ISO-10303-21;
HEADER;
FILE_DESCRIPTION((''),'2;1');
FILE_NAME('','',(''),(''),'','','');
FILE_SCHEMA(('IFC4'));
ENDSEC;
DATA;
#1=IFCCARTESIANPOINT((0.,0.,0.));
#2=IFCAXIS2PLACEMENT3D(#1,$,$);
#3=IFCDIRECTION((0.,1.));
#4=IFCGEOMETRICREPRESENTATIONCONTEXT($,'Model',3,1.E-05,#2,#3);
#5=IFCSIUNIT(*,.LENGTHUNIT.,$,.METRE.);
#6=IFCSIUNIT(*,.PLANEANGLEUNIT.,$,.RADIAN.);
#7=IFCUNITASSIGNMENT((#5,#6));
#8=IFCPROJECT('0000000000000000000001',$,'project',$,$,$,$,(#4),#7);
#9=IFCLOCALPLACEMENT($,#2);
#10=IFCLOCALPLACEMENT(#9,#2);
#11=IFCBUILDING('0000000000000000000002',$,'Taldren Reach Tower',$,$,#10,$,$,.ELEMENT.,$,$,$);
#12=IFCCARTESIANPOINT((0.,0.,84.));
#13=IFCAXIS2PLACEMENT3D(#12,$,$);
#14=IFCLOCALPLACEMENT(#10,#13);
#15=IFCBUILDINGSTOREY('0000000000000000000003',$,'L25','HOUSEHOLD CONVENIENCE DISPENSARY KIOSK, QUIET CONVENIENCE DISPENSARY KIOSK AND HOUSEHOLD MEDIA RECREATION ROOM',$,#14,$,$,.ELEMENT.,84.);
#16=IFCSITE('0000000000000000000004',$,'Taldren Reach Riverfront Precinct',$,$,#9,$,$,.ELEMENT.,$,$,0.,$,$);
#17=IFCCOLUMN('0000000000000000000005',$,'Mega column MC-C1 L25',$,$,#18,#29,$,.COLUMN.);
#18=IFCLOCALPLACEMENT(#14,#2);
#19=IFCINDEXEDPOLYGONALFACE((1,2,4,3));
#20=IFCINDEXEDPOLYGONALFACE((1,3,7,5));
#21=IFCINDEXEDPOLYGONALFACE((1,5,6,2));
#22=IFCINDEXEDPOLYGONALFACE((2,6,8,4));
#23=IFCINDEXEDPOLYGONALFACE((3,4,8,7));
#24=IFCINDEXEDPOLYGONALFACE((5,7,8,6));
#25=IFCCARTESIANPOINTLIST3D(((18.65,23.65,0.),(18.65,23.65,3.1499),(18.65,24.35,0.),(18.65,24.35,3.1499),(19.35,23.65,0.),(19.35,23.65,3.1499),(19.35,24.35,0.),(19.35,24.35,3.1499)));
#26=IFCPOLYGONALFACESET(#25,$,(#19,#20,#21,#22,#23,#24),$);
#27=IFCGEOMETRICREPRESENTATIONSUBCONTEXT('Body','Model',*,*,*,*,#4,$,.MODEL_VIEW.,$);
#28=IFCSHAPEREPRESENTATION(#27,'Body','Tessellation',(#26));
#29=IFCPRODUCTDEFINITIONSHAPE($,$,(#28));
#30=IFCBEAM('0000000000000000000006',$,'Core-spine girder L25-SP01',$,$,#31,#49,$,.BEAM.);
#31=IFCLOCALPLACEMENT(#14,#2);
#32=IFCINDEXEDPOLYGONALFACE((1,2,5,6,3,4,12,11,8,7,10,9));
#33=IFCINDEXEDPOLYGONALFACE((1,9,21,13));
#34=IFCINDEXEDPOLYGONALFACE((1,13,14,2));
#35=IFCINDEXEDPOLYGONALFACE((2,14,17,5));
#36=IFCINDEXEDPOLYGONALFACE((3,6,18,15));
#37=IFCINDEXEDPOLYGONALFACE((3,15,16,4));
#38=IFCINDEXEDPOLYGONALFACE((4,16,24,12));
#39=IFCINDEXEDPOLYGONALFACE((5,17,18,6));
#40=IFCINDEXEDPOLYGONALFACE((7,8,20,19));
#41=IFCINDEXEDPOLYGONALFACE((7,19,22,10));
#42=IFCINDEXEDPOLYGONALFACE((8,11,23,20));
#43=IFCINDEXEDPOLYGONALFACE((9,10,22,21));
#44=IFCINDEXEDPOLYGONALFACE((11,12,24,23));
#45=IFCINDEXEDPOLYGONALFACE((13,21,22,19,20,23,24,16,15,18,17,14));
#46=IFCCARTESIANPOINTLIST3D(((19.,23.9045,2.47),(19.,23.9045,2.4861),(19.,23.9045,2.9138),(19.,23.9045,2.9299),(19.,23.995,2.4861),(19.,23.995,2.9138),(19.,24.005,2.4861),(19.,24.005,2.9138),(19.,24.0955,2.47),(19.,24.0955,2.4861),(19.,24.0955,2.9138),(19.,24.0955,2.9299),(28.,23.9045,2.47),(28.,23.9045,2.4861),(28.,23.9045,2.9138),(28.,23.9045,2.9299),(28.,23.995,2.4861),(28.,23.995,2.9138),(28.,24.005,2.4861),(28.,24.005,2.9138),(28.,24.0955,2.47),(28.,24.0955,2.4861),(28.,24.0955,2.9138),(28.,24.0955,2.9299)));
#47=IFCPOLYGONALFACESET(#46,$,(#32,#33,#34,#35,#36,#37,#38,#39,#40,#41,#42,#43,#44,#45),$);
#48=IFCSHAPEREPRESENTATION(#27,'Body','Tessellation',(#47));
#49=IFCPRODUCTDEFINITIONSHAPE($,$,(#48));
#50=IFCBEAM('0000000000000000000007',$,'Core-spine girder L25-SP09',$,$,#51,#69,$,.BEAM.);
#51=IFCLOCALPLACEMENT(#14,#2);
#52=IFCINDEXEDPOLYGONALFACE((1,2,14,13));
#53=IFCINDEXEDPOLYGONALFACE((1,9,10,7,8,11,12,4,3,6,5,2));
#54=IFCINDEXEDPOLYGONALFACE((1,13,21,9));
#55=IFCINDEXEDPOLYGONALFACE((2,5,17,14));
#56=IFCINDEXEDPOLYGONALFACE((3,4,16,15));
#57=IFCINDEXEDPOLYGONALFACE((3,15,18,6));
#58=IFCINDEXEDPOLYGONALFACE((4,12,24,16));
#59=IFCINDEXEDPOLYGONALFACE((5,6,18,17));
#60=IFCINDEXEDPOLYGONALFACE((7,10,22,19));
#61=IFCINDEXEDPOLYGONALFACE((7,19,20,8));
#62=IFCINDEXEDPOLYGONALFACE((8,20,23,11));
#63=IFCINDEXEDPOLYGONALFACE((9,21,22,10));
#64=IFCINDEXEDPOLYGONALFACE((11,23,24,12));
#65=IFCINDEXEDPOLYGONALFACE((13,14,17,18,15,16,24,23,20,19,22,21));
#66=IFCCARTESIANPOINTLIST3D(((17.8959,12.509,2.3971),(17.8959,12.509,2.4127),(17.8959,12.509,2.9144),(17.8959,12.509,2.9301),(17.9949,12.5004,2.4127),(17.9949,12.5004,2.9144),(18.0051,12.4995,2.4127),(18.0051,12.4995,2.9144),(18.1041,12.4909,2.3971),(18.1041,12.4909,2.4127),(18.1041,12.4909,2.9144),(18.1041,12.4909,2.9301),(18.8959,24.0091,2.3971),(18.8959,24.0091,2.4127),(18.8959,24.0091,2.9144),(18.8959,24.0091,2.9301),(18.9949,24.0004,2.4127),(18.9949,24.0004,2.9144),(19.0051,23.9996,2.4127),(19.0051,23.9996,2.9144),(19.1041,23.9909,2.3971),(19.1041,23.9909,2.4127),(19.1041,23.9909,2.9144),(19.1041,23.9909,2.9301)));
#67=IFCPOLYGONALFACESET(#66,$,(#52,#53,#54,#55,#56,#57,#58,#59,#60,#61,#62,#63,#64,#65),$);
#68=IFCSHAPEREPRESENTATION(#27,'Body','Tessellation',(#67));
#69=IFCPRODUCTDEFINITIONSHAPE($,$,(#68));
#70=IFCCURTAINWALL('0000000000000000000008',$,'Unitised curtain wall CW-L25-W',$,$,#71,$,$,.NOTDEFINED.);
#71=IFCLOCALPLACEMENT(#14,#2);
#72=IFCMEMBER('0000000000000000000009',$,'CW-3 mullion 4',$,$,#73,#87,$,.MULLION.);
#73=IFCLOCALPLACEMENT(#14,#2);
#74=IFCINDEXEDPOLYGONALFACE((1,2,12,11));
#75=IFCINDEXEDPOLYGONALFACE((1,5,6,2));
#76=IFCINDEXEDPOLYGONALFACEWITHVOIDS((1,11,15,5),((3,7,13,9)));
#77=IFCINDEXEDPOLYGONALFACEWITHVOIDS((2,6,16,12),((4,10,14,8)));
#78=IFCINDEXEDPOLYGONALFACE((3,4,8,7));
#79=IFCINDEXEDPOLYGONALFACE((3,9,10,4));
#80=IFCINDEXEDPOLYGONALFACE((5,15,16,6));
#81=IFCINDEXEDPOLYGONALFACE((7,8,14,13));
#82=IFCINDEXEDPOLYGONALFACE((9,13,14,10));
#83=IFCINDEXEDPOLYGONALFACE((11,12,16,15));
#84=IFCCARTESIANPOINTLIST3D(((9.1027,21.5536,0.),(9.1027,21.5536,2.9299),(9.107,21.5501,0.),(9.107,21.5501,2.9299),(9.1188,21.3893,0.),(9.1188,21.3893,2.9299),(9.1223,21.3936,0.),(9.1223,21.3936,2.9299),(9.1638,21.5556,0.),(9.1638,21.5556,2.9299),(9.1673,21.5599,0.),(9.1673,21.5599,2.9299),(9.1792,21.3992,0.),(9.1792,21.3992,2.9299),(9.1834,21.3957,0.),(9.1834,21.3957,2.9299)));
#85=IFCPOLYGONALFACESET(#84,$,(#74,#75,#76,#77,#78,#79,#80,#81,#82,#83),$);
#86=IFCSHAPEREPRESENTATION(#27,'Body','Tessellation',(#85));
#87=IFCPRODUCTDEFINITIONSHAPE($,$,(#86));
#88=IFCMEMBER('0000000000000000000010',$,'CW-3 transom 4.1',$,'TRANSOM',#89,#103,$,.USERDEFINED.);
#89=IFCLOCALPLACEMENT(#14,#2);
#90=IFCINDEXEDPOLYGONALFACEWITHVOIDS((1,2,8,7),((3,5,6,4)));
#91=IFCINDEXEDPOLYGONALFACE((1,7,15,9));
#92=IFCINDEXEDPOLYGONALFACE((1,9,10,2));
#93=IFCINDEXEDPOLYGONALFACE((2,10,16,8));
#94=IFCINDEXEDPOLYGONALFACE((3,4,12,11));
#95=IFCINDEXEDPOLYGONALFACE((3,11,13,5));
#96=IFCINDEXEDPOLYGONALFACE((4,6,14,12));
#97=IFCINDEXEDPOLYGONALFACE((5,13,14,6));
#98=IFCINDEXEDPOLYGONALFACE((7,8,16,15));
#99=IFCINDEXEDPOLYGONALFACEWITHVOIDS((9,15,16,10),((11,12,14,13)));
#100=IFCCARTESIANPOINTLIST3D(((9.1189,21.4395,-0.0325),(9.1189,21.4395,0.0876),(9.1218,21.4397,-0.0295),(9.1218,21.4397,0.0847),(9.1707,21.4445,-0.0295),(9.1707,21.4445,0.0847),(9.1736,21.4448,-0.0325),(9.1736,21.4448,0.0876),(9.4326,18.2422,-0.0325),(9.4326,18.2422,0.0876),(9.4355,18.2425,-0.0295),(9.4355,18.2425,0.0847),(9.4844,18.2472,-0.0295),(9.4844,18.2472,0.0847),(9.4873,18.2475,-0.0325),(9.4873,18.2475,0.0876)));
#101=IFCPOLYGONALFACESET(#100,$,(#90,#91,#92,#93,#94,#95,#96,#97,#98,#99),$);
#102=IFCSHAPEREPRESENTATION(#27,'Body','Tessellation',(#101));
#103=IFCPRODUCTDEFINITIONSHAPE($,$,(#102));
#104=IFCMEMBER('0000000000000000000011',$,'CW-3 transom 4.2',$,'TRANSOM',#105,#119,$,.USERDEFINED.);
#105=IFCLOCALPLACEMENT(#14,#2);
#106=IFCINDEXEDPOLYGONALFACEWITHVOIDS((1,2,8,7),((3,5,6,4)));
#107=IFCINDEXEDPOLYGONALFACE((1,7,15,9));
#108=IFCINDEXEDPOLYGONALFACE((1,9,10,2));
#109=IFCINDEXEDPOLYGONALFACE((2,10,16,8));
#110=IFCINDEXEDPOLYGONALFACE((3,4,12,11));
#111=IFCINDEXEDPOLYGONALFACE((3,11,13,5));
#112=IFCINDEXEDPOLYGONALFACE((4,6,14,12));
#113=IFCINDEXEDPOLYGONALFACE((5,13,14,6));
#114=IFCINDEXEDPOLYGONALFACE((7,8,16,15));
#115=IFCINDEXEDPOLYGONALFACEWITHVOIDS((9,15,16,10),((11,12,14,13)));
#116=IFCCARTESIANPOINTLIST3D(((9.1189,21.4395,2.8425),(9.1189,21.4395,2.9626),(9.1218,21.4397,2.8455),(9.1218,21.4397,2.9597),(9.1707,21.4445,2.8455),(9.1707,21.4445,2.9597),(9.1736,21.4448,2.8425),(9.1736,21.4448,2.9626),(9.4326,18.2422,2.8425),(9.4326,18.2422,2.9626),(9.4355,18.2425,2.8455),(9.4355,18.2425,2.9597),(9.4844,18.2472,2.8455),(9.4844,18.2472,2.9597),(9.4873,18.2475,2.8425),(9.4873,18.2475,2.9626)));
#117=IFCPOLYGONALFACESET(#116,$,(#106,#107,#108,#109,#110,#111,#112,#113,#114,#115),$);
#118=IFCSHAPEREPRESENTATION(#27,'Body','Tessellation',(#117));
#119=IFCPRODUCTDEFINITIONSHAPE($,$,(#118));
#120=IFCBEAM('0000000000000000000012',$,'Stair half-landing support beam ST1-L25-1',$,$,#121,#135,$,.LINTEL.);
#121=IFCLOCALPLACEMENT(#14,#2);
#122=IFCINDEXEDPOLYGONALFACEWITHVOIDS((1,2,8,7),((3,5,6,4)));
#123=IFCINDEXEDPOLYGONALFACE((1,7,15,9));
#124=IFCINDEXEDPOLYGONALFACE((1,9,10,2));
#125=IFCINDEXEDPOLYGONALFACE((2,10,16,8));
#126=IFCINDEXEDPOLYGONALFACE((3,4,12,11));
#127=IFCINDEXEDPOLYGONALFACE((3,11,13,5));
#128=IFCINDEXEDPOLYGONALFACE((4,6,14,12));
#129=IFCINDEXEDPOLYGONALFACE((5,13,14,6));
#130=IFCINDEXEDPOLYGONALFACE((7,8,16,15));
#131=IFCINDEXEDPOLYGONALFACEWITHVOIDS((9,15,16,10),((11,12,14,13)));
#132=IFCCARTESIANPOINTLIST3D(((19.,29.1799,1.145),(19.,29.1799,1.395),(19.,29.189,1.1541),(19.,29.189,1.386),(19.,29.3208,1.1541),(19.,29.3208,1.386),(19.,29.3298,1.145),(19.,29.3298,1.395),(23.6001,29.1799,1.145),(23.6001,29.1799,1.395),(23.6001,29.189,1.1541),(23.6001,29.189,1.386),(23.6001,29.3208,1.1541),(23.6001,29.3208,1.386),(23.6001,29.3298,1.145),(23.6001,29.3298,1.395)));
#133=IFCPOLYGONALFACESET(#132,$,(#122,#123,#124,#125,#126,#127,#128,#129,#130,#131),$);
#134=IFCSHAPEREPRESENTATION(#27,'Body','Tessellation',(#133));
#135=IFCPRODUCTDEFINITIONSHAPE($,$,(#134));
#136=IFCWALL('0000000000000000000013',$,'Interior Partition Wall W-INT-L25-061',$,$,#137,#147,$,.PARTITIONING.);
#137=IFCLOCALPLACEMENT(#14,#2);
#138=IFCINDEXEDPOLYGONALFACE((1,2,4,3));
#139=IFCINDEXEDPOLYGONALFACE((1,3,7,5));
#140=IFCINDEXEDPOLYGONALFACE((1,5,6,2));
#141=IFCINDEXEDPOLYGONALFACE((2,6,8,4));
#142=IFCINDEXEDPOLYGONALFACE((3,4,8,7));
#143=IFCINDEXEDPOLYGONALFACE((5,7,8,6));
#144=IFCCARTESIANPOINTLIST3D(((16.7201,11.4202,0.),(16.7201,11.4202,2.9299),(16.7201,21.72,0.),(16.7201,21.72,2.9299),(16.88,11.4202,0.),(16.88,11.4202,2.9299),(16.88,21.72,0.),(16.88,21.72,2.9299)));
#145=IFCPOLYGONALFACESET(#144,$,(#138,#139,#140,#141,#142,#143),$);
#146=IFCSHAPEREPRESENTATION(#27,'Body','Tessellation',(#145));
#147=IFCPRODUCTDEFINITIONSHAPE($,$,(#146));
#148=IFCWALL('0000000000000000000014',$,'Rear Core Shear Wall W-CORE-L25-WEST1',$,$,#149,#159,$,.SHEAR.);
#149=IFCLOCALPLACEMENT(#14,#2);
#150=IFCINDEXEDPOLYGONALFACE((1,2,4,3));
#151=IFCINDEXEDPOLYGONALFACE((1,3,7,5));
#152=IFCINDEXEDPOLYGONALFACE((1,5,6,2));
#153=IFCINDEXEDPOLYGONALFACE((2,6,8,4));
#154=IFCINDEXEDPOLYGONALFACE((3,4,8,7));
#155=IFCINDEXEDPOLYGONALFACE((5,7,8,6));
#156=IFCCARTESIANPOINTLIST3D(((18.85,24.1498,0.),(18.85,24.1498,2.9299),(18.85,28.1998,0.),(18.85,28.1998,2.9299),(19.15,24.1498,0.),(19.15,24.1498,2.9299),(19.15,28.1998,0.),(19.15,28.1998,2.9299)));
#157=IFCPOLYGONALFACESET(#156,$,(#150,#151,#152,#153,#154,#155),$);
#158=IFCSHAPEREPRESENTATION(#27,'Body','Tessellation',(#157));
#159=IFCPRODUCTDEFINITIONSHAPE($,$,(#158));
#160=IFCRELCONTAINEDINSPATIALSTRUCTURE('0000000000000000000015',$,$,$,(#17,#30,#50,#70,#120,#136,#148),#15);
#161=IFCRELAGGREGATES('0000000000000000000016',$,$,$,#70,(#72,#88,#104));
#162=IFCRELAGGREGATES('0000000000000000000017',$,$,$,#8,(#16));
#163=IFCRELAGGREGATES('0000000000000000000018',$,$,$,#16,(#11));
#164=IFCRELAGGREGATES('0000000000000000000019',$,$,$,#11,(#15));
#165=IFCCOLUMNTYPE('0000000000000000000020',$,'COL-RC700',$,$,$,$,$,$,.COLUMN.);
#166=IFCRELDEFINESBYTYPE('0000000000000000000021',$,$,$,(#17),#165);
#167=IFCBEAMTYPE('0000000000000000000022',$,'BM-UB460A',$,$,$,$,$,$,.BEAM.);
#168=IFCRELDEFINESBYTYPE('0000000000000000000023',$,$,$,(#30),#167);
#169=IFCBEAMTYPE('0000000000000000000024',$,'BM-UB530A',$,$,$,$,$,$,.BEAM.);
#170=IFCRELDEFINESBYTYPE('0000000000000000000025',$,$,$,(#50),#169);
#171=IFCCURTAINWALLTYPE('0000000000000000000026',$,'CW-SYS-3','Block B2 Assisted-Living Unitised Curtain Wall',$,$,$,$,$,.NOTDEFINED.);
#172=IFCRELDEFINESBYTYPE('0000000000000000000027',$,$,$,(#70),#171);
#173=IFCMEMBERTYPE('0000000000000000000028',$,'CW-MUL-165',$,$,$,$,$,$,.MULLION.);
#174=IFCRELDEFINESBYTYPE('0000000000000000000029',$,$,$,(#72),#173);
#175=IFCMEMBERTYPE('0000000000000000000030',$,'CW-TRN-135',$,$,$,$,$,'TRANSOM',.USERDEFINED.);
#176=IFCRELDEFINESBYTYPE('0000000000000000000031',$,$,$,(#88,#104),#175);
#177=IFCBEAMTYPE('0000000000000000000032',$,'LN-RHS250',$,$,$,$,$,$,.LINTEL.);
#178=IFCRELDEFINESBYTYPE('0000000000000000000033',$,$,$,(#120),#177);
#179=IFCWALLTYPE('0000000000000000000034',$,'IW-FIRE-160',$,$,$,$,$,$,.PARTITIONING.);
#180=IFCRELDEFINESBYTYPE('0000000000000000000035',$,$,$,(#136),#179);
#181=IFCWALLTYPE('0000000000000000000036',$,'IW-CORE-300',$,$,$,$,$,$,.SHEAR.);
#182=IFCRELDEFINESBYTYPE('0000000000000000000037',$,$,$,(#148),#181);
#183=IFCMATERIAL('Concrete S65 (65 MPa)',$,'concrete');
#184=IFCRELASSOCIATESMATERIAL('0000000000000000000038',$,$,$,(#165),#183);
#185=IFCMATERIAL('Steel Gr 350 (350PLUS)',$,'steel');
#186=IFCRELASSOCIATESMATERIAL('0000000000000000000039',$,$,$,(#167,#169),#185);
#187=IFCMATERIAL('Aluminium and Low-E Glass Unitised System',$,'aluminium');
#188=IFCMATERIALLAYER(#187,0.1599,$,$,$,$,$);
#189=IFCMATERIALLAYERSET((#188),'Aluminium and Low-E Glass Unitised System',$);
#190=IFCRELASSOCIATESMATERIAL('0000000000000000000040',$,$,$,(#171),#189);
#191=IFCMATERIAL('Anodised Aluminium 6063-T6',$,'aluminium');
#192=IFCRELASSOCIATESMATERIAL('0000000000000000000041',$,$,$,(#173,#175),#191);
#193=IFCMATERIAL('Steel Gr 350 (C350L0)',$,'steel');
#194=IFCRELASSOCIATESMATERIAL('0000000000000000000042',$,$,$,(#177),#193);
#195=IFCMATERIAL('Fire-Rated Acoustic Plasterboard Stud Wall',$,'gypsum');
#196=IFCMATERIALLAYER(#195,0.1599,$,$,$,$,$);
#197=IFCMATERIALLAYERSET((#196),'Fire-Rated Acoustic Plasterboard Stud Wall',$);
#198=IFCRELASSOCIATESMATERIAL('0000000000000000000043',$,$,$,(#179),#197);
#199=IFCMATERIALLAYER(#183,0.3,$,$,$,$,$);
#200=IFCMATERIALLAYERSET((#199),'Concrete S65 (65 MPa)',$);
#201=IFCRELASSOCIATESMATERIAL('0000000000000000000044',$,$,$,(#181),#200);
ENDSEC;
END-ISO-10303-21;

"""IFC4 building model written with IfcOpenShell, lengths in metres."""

from ifc_helpers import new_model, si_unit, direction, frame, frame_2d, origin, origin_2d, place, context, subcontext, project, spatial, rectangle, hollow_rectangle, i_section, extrude, source, transform, mapped, material, layer, layer_set, material_profile, profile_set, type_object, element, aggregate, save


model = new_model("IFC4")

# Units and contexts
model_context = context("Model", 3, precision=1e-05, world=origin(), true_north=direction((0.0, 1.0)))
body_context = subcontext(model_context, "Body", "Model", "MODEL_VIEW")
ifc_project = project(units=[si_unit("LENGTHUNIT", "METRE"), si_unit("PLANEANGLEUNIT", "RADIAN")], contexts=[model_context])

# Site, building, storey
site_placement = place(None, origin())
site = spatial("IfcSite", under=ifc_project, at=site_placement, Name="Taldren Reach Riverfront Precinct", CompositionType="ELEMENT", RefElevation=0.0)
building_placement = place(site_placement, origin())
building = spatial("IfcBuilding", under=site, at=building_placement, Name="Taldren Reach Tower", CompositionType="ELEMENT")
storey_placement = place(building_placement, frame((0.0, 0.0, 84.0)))
storey = spatial("IfcBuildingStorey", under=building, at=storey_placement, Name="L25", Description="HOUSEHOLD CONVENIENCE DISPENSARY KIOSK, QUIET CONVENIENCE DISPENSARY KIOSK AND HOUSEHOLD MEDIA RECREATION ROOM", CompositionType="ELEMENT", Elevation=84.0)

# Column
ifc_material_1 = material(Name="Concrete S65 (65 MPa)", Category="concrete")
ifc_material_profile_1 = material_profile(ifc_material_1, rectangle(XDim=0.7, YDim=0.7, at=origin_2d()), Name="RC-700x700")
ifc_profile_set_1 = profile_set([ifc_material_profile_1], Name="Concrete S65 (65 MPa)")
column_type = type_object("IfcColumnType", Name="COL-RC700", PredefinedType="COLUMN", material=ifc_profile_set_1)
shared_shape_1 = source(origin(), body_context, "Body", "SweptSolid", [
    extrude(rectangle(XDim=0.7, YDim=0.7, at=origin_2d()), origin(), (0.0, 0.0, 1.0), 3.1499),
])
column_placement = place(storey_placement, frame((19.0, 24.0, 0.0), z_axis=(0.0, 0.0, 1.0), x_axis=(1.0, 0.0, 0.0)))
element("IfcColumn", 1, at=column_placement, inside=storey, type_object=column_type, Name="Mega column MC-C1 L25", PredefinedType="COLUMN", context=body_context, shape_type="MappedRepresentation", body=[
    mapped(shared_shape_1, transform((0.0, 0.0, 0.0), scale=1.0)),
])

# Beams
ifc_material_2 = material(Name="Steel Gr 350 (350PLUS)", Category="steel")
ifc_material_profile_2 = material_profile(ifc_material_2, i_section(OverallWidth=0.1909, OverallDepth=0.46, WebThickness=0.01, FlangeThickness=0.0161, at=origin_2d()), Name="460UB82.1")
ifc_profile_set_2 = profile_set([ifc_material_profile_2], Name="Steel Gr 350 (350PLUS)")
beam_type_1 = type_object("IfcBeamType", Name="BM-UB460A", PredefinedType="BEAM", material=ifc_profile_set_2)
shared_shape_2 = source(origin(), body_context, "Body", "SweptSolid", [
    extrude(i_section(OverallWidth=0.1909, OverallDepth=0.46, WebThickness=0.01, FlangeThickness=0.0161, at=origin_2d()), origin(), (0.0, 0.0, 1.0), 9.0),
])
beam_1_placement = place(storey_placement, frame((19.0, 24.0, 2.7), z_axis=(1.0, 0.0, 0.0), x_axis=(0.0, 1.0, 0.0)))
element("IfcBeam", 2, at=beam_1_placement, inside=storey, type_object=beam_type_1, Name="Core-spine girder L25-SP01", PredefinedType="BEAM", context=body_context, shape_type="MappedRepresentation", body=[
    mapped(shared_shape_2, transform((0.0, 0.0, 0.0), scale=1.0)),
])
ifc_material_profile_3 = material_profile(ifc_material_2, i_section(OverallWidth=0.209, OverallDepth=0.533, WebThickness=0.0103, FlangeThickness=0.0156, at=origin_2d()), Name="530UB92.4")
ifc_profile_set_3 = profile_set([ifc_material_profile_3], Name="Steel Gr 350 (350PLUS)")
beam_type_2 = type_object("IfcBeamType", Name="BM-UB530A", PredefinedType="BEAM", material=ifc_profile_set_3)
shared_shape_3 = source(origin(), body_context, "Body", "SweptSolid", [
    extrude(i_section(OverallWidth=0.209, OverallDepth=0.533, WebThickness=0.0103, FlangeThickness=0.0156, at=origin_2d()), origin(), (0.0, 0.0, 1.0), 11.5435),
])
beam_2_placement = place(storey_placement, frame((19.0, 24.0, 2.6636), z_axis=(-0.08663, -0.996241, 0.0), x_axis=(0.996241, -0.08663, 0.0)))
element("IfcBeam", 3, at=beam_2_placement, inside=storey, type_object=beam_type_2, Name="Core-spine girder L25-SP09", PredefinedType="BEAM", context=body_context, shape_type="MappedRepresentation", body=[
    mapped(shared_shape_3, transform((0.0, 0.0, 0.0), scale=1.0)),
])

# Curtain wall, members
ifc_material_3 = material(Name="Aluminium and Low-E Glass Unitised System", Category="aluminium")
ifc_layer_1 = layer(ifc_material_3, 0.1599)
ifc_layer_set_1 = layer_set([ifc_layer_1], Name="Aluminium and Low-E Glass Unitised System")
curtain_wall_type = type_object("IfcCurtainWallType", Name="CW-SYS-3", Description="Block B2 Assisted-Living Unitised Curtain Wall", PredefinedType="NOTDEFINED", material=ifc_layer_set_1)
curtain_wall_placement = place(storey_placement, origin())
curtain_wall = element("IfcCurtainWall", 4, at=curtain_wall_placement, inside=storey, type_object=curtain_wall_type, Name="Unitised curtain wall CW-L25-W", PredefinedType="NOTDEFINED")
ifc_material_4 = material(Name="Anodised Aluminium 6063-T6", Category="aluminium")
ifc_material_profile_4 = material_profile(ifc_material_4, hollow_rectangle(XDim=0.0649, YDim=0.165, WallThickness=0.0039, at=origin_2d()), Name="ALU-165x65x4RHS")
ifc_profile_set_4 = profile_set([ifc_material_profile_4], Name="Anodised Aluminium 6063-T6")
member_type_1 = type_object("IfcMemberType", Name="CW-MUL-165", PredefinedType="MULLION", material=ifc_profile_set_4)
shared_shape_4 = source(origin(), body_context, "Body", "SweptSolid", [
    extrude(hollow_rectangle(XDim=0.0649, YDim=0.165, WallThickness=0.0039, at=origin_2d()), origin(), (0.0, 0.0, 1.0), 2.9299),
])
member_1_placement = place(storey_placement, frame((9.1431, 21.4746, 0.0), z_axis=(0.0, 0.0, 1.0), x_axis=(0.995227, 0.097583, 0.0)))
member_1 = element("IfcMember", 5, at=member_1_placement, type_object=member_type_1, Name="CW-3 mullion 4", PredefinedType="MULLION", context=body_context, shape_type="MappedRepresentation", body=[
    mapped(shared_shape_4, transform((0.0, 0.0, 0.0), scale=1.0)),
])
ifc_material_profile_5 = material_profile(ifc_material_4, hollow_rectangle(XDim=0.0549, YDim=0.1201, WallThickness=0.0029, at=origin_2d()), Name="ALU-120x55x3RHS")
ifc_profile_set_5 = profile_set([ifc_material_profile_5], Name="Anodised Aluminium 6063-T6")
member_type_2 = type_object("IfcMemberType", Name="CW-TRN-135", ElementType="TRANSOM", PredefinedType="USERDEFINED", material=ifc_profile_set_5)
shared_shape_5 = source(origin(), body_context, "Body", "SweptSolid", [
    extrude(hollow_rectangle(XDim=0.0549, YDim=0.1201, WallThickness=0.0029, at=origin_2d()), origin(), (0.0, 0.0, 1.0), 3.2126),
])
member_2_placement = place(storey_placement, frame((9.1462, 21.4421, 0.0276), z_axis=(0.097653, -0.995221, 0.0), x_axis=(0.995221, 0.097653, 0.0)))
member_2 = element("IfcMember", 6, at=member_2_placement, type_object=member_type_2, Name="CW-3 transom 4.1", ObjectType="TRANSOM", PredefinedType="USERDEFINED", context=body_context, shape_type="MappedRepresentation", body=[
    mapped(shared_shape_5, transform((0.0, 0.0, 0.0), scale=1.0)),
])
member_3_placement = place(storey_placement, frame((9.1462, 21.4421, 2.9026), z_axis=(0.097653, -0.995221, 0.0), x_axis=(0.995221, 0.097653, 0.0)))
member_3 = element("IfcMember", 7, at=member_3_placement, type_object=member_type_2, Name="CW-3 transom 4.2", ObjectType="TRANSOM", PredefinedType="USERDEFINED", context=body_context, shape_type="MappedRepresentation", body=[
    mapped(shared_shape_5, transform((0.0, 0.0, 0.0), scale=1.0)),
])
aggregate(curtain_wall, [member_1, member_2, member_3])

# Beam
ifc_material_5 = material(Name="Steel Gr 350 (C350L0)", Category="steel")
ifc_material_profile_6 = material_profile(ifc_material_5, hollow_rectangle(XDim=0.1499, YDim=0.25, WallThickness=0.009, at=origin_2d()), Name="250x150x9.0RHS")
ifc_profile_set_6 = profile_set([ifc_material_profile_6], Name="Steel Gr 350 (C350L0)")
beam_type_3 = type_object("IfcBeamType", Name="LN-RHS250", PredefinedType="LINTEL", material=ifc_profile_set_6)
shared_shape_6 = source(origin(), body_context, "Body", "SweptSolid", [
    extrude(hollow_rectangle(XDim=0.1499, YDim=0.25, WallThickness=0.009, at=origin_2d()), origin(), (0.0, 0.0, 1.0), 4.6001),
])
beam_3_placement = place(storey_placement, frame((19.0, 29.2549, 1.27), z_axis=(1.0, 0.0, 0.0), x_axis=(0.0, 1.0, 0.0)))
element("IfcBeam", 8, at=beam_3_placement, inside=storey, type_object=beam_type_3, Name="Stair half-landing support beam ST1-L25-1", PredefinedType="LINTEL", context=body_context, shape_type="MappedRepresentation", body=[
    mapped(shared_shape_6, transform((0.0, 0.0, 0.0), scale=1.0)),
])

# Walls
ifc_material_6 = material(Name="Fire-Rated Acoustic Plasterboard Stud Wall", Category="gypsum")
ifc_layer_2 = layer(ifc_material_6, 0.1599)
ifc_layer_set_2 = layer_set([ifc_layer_2], Name="Fire-Rated Acoustic Plasterboard Stud Wall")
wall_type_1 = type_object("IfcWallType", Name="IW-FIRE-160", PredefinedType="PARTITIONING", material=ifc_layer_set_2)
shared_shape_7 = source(origin(), body_context, "Body", "SweptSolid", [
    extrude(rectangle(XDim=10.2998, YDim=0.1599, at=frame_2d((5.1499, 0.0))), origin(), (0.0, 0.0, 1.0), 2.9299),
])
wall_1_placement = place(storey_placement, frame((16.8, 21.72, 0.0), z_axis=(0.0, 0.0, 1.0), x_axis=(0.0, -1.0, 0.0)))
element("IfcWall", 9, at=wall_1_placement, inside=storey, type_object=wall_type_1, Name="Interior Partition Wall W-INT-L25-061", PredefinedType="PARTITIONING", context=body_context, shape_type="MappedRepresentation", body=[
    mapped(shared_shape_7, transform((0.0, 0.0, 0.0), scale=1.0)),
])
ifc_layer_3 = layer(ifc_material_1, 0.3)
ifc_layer_set_3 = layer_set([ifc_layer_3], Name="Concrete S65 (65 MPa)")
wall_type_2 = type_object("IfcWallType", Name="IW-CORE-300", PredefinedType="SHEAR", material=ifc_layer_set_3)
shared_shape_8 = source(origin(), body_context, "Body", "SweptSolid", [
    extrude(rectangle(XDim=4.05, YDim=0.3, at=frame_2d((2.0249, 0.0))), origin(), (0.0, 0.0, 1.0), 2.9299),
])
wall_2_placement = place(storey_placement, frame((19.0, 24.1499, 0.0), z_axis=(0.0, 0.0, 1.0), x_axis=(0.0, 1.0, 0.0)))
element("IfcWall", 10, at=wall_2_placement, inside=storey, type_object=wall_type_2, Name="Rear Core Shear Wall W-CORE-L25-WEST1", PredefinedType="SHEAR", context=body_context, shape_type="MappedRepresentation", body=[
    mapped(shared_shape_8, transform((0.0, 0.0, 0.0), scale=1.0)),
])

save(model, "model.ifc")
